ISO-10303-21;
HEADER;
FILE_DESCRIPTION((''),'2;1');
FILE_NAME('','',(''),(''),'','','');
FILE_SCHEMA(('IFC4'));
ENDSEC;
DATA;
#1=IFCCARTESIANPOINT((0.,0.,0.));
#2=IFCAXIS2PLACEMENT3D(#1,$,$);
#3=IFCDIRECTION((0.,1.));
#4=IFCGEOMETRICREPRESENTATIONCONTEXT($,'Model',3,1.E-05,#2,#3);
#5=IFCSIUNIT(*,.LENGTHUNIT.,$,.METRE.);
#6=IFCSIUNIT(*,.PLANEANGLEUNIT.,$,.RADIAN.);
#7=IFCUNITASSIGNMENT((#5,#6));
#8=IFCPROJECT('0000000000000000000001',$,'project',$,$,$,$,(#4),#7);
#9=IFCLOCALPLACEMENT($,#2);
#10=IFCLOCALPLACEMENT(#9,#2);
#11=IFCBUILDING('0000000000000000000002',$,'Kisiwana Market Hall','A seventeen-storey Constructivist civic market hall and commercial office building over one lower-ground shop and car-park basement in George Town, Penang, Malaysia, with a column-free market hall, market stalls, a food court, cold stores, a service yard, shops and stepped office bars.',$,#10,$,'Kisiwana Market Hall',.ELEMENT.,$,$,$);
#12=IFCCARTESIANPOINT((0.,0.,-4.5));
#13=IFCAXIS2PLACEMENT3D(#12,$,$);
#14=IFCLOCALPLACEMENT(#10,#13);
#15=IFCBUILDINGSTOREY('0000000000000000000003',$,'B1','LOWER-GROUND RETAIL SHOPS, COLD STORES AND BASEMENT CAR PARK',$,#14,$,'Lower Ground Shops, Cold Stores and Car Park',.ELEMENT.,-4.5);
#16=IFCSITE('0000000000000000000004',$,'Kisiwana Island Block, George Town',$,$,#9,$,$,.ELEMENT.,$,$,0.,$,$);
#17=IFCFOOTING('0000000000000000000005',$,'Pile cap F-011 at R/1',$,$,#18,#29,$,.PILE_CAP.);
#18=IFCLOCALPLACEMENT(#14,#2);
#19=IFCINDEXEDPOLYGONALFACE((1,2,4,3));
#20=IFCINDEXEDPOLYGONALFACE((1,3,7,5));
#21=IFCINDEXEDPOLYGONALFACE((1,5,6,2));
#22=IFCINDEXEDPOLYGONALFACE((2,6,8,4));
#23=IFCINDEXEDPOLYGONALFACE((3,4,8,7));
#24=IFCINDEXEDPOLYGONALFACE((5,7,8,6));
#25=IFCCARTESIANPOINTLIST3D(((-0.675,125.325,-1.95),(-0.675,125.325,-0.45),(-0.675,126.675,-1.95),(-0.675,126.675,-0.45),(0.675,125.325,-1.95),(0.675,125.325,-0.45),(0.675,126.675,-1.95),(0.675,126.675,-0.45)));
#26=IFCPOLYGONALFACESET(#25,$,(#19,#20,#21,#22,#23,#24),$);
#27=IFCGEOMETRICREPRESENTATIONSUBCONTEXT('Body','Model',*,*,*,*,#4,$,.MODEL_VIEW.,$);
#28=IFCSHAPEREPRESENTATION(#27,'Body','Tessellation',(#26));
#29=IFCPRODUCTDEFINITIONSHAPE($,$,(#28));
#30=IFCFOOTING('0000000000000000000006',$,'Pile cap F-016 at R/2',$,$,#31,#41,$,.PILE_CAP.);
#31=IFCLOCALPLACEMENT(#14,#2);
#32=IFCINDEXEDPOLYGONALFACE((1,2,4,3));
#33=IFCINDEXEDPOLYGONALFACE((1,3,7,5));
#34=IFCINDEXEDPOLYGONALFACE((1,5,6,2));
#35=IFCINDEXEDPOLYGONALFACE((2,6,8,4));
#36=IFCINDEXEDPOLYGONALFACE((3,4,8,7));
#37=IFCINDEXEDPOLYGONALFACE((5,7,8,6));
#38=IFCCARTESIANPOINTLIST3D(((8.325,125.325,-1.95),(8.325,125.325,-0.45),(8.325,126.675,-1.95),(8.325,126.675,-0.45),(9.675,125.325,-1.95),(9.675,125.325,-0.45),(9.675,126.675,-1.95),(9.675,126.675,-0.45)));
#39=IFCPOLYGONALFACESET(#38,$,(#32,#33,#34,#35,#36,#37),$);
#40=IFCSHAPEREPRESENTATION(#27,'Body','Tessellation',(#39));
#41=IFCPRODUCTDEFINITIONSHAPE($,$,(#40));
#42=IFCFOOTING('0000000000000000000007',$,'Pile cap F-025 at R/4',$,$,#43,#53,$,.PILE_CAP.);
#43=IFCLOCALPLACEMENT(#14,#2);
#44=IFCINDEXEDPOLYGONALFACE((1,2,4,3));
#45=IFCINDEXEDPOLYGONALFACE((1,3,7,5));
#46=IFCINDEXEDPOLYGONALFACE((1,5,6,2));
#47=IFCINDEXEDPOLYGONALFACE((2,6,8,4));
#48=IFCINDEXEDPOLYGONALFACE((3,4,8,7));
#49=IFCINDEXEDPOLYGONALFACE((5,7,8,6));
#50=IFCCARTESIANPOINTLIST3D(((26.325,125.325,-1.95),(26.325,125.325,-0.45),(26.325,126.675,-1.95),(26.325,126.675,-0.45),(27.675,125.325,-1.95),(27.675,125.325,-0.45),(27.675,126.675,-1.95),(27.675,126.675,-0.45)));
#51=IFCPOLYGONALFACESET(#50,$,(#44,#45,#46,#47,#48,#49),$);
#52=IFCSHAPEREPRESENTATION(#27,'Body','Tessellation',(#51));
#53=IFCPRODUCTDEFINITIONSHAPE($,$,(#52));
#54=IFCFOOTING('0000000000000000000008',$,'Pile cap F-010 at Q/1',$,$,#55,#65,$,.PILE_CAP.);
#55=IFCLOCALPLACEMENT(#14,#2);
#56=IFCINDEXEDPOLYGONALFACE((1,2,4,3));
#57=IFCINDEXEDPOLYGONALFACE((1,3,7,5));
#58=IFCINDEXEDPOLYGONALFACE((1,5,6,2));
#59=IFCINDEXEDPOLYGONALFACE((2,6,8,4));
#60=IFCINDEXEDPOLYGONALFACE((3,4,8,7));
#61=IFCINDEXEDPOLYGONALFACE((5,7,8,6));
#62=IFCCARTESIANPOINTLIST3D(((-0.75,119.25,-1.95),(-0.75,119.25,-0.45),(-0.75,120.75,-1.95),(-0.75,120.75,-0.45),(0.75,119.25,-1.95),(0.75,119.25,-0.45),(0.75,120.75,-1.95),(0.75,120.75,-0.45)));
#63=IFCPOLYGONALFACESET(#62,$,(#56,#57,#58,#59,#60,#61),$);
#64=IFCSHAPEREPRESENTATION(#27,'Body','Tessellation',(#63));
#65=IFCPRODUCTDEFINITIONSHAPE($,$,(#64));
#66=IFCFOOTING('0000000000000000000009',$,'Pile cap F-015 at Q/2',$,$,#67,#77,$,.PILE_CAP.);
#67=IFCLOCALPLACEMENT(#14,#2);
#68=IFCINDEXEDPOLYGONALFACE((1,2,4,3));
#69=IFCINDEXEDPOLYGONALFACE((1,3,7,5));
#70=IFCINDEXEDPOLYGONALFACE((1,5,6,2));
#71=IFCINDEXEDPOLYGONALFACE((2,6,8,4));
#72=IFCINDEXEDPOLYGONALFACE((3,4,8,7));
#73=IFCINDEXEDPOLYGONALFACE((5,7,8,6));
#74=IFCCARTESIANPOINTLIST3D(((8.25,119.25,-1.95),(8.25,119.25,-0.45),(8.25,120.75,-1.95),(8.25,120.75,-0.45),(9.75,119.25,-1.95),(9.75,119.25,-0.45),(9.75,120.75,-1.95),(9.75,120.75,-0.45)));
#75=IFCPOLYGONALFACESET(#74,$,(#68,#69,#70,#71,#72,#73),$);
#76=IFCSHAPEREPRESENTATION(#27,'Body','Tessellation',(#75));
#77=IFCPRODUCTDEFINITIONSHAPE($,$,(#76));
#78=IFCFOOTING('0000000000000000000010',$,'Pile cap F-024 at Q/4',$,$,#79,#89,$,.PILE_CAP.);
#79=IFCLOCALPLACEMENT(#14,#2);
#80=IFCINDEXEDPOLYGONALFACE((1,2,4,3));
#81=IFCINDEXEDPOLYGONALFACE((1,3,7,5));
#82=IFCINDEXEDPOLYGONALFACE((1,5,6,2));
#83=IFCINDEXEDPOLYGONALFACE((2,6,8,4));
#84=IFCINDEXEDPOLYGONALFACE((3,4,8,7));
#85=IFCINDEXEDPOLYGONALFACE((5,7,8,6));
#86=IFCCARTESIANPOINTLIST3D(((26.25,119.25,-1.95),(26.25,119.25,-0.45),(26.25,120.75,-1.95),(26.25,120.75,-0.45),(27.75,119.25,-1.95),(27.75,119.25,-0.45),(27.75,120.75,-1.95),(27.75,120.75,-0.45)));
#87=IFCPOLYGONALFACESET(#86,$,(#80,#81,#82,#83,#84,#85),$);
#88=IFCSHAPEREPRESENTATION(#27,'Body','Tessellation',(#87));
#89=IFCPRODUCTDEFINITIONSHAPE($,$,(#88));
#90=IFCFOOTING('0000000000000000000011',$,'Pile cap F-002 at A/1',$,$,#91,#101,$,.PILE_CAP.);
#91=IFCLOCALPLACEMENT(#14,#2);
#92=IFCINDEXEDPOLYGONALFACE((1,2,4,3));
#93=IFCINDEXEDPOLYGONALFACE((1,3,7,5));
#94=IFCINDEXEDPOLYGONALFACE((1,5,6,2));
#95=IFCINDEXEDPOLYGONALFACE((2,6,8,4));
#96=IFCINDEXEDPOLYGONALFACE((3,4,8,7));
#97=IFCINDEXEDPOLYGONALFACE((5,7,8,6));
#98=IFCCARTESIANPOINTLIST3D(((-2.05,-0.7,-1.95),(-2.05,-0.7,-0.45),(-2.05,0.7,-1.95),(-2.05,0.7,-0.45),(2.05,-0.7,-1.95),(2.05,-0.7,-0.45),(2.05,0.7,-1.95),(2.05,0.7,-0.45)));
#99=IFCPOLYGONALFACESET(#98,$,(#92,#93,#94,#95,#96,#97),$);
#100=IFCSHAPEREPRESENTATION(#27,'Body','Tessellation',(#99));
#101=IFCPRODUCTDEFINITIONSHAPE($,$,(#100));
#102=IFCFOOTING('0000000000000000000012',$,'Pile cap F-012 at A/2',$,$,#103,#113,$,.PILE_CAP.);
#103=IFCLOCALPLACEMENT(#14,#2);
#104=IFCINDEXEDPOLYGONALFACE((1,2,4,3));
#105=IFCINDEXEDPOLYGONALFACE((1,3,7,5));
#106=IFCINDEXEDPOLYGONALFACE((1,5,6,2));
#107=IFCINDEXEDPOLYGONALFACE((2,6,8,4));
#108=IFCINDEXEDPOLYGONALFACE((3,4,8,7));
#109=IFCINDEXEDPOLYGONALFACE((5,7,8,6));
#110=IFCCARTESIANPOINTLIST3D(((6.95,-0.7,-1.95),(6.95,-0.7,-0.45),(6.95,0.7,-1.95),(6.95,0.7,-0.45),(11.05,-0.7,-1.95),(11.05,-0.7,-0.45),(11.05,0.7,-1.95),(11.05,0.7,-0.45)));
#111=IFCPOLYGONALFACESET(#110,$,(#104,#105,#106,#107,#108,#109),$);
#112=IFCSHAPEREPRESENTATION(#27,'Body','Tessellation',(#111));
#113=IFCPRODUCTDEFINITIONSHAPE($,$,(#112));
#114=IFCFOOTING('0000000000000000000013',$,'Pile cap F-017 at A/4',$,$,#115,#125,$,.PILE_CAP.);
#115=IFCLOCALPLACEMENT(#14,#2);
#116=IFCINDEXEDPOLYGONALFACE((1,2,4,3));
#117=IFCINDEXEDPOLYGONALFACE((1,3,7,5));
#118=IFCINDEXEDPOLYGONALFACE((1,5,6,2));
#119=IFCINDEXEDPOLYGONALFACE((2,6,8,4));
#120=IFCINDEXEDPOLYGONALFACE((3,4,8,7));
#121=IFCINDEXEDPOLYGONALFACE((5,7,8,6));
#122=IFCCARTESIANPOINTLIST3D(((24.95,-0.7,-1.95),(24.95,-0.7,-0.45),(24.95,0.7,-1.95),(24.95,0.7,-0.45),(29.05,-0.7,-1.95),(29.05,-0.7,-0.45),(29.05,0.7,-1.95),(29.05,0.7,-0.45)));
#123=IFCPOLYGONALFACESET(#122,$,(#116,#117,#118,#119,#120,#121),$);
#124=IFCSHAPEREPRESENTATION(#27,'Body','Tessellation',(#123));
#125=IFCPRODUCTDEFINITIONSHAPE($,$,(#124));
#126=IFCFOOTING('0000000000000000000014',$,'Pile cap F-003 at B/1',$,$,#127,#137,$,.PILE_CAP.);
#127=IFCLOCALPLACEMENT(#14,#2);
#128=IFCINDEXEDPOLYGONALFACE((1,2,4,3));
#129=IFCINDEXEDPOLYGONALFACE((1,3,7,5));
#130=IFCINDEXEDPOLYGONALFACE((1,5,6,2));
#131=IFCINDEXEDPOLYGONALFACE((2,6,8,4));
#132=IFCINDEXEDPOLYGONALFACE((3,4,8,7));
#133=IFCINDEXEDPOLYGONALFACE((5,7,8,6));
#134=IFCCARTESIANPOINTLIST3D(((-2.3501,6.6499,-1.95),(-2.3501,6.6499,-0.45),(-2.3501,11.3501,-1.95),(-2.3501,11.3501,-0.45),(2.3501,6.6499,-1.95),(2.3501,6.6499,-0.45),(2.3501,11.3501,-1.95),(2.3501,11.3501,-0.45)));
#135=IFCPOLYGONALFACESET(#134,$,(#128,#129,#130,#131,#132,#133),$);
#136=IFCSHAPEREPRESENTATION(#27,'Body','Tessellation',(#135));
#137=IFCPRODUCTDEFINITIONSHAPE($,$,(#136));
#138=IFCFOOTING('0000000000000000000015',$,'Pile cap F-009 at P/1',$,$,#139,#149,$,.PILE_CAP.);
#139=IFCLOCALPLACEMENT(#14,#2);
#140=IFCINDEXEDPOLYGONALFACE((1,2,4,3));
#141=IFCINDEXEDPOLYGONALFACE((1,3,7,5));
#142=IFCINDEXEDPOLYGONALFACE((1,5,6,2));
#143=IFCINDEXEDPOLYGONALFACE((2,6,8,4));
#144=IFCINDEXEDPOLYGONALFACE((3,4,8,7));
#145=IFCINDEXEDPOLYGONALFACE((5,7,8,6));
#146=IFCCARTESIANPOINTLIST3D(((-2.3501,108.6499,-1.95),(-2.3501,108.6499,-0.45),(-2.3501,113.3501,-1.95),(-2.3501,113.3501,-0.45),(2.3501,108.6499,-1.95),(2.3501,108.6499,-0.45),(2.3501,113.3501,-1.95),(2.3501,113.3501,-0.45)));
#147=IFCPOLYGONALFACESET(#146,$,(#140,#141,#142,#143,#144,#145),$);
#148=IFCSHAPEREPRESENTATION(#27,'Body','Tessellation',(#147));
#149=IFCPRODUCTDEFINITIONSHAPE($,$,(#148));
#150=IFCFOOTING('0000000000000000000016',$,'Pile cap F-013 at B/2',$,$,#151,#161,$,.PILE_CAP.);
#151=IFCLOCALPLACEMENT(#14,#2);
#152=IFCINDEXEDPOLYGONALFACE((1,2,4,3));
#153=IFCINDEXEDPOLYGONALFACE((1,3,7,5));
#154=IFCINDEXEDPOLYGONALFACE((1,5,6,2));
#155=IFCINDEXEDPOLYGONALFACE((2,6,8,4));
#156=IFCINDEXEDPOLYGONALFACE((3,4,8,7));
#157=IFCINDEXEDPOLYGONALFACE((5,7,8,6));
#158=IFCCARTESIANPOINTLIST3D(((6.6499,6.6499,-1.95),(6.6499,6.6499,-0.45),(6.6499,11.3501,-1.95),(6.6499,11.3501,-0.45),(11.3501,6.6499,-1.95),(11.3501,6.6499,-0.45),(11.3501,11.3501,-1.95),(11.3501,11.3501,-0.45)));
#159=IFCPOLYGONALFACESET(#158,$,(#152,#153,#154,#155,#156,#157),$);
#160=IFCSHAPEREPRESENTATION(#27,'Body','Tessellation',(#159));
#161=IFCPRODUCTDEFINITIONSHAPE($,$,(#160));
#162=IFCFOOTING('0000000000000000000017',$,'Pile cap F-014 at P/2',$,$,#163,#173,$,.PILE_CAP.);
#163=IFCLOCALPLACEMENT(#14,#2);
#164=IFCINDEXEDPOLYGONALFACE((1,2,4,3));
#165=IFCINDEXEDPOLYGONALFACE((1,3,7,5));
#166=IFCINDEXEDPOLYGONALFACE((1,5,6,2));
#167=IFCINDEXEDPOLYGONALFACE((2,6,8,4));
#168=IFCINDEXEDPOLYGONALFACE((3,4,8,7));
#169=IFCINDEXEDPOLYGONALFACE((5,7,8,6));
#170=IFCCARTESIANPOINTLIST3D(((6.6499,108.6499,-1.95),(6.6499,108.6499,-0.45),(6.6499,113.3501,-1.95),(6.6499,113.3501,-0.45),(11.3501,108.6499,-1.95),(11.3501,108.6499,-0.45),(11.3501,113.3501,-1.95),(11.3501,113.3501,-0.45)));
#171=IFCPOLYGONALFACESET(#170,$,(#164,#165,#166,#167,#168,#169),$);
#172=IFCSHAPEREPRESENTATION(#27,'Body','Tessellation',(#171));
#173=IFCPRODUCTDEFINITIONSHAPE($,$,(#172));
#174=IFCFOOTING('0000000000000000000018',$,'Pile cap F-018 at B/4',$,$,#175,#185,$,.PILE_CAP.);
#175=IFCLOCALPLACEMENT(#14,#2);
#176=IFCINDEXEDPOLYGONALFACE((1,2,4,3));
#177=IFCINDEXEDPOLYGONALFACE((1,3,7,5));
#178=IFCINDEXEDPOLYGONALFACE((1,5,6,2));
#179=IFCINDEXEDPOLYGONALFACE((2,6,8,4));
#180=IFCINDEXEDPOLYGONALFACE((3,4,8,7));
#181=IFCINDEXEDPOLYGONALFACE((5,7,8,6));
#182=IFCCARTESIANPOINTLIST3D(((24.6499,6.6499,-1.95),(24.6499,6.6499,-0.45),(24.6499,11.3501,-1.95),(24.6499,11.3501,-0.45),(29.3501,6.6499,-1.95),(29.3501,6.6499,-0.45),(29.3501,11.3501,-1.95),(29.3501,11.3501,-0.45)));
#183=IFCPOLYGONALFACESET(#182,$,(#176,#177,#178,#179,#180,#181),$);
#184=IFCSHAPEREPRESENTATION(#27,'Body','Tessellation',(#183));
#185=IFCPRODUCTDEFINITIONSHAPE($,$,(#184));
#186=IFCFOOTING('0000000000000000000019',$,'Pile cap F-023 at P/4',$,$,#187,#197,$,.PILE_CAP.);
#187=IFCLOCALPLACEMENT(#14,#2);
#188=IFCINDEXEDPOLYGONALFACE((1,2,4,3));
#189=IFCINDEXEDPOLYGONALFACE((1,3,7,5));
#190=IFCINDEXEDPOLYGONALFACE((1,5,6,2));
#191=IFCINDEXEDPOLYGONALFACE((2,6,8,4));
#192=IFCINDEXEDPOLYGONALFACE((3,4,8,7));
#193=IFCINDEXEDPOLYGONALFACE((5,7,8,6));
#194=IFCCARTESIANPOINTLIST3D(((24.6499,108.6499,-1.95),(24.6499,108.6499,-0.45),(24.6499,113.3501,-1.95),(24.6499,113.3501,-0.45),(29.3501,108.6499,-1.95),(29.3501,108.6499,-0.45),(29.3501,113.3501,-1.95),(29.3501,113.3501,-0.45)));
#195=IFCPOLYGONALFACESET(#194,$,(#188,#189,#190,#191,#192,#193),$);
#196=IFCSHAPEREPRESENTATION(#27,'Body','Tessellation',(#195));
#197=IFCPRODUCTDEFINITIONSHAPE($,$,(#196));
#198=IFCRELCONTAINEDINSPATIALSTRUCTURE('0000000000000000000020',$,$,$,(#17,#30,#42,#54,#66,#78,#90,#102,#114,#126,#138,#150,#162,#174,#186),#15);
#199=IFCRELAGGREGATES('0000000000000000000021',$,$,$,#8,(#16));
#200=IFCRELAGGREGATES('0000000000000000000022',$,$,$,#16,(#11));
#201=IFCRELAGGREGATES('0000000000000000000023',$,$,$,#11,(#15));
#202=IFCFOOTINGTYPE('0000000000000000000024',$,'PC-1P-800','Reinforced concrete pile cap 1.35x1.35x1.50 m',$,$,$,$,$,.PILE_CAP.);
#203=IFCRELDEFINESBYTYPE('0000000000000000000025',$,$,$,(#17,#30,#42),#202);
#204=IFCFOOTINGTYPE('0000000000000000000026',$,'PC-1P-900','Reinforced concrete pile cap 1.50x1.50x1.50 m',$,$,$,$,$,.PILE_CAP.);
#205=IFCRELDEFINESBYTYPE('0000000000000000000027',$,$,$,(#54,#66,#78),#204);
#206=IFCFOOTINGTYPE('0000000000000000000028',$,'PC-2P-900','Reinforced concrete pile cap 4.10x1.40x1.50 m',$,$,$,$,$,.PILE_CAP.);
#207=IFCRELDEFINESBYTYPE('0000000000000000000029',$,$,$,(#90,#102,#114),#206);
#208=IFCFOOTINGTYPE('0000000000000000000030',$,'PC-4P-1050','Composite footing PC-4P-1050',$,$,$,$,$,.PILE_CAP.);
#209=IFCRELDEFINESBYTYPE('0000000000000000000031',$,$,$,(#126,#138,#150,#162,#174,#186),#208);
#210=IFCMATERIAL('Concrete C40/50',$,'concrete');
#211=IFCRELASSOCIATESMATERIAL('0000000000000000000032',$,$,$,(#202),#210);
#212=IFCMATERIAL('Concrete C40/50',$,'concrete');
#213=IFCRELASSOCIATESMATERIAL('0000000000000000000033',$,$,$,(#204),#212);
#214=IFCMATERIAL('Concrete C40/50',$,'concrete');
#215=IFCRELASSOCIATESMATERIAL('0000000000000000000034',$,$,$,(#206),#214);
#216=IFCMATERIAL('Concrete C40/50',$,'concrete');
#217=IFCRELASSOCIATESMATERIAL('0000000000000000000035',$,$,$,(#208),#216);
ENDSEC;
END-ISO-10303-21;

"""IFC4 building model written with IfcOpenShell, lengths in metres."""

from ifc_helpers import new_model, si_unit, direction, frame, origin, place, context, subcontext, project, spatial, polyline, outline, extrude, material, type_object, element, save


model = new_model("IFC4")

# Units and contexts
model_context = context("Model", 3, precision=1e-05, world=origin(), true_north=direction((0.0, 1.0)))
body_context = subcontext(model_context, "Body", "Model", "MODEL_VIEW")
ifc_project = project(units=[si_unit("LENGTHUNIT", "METRE"), si_unit("PLANEANGLEUNIT", "RADIAN")], contexts=[model_context])

# Site, building, storey
site_placement = place(None, origin())
site = spatial("IfcSite", under=ifc_project, at=site_placement, Name="Kisiwana Island Block, George Town", CompositionType="ELEMENT", RefElevation=0.0)
building_placement = place(site_placement, origin())
building = spatial("IfcBuilding", under=site, at=building_placement, Name="Kisiwana Market Hall", Description="A seventeen-storey Constructivist civic market hall and commercial office building over one lower-ground shop and car-park basement in George Town, Penang, Malaysia, with a column-free market hall, market stalls, a food court, cold stores, a service yard, shops and stepped office bars.", LongName="Kisiwana Market Hall", CompositionType="ELEMENT")
storey_placement = place(building_placement, frame((0.0, 0.0, -4.5)))
storey = spatial("IfcBuildingStorey", under=building, at=storey_placement, Name="B1", Description="LOWER-GROUND RETAIL SHOPS, COLD STORES AND BASEMENT CAR PARK", LongName="Lower Ground Shops, Cold Stores and Car Park", CompositionType="ELEMENT", Elevation=-4.5)

# Footings
ifc_material_1 = material(Name="Concrete C40/50", Category="concrete")
footing_type_1 = type_object("IfcFootingType", Name="PC-1P-800", Description="Reinforced concrete pile cap 1.35x1.35x1.50 m", PredefinedType="PILE_CAP", material=ifc_material_1)
footing_1_placement = place(storey_placement, frame((0.0, 0.0, -1.95)))
element("IfcFooting", 1, at=footing_1_placement, inside=storey, type_object=footing_type_1, Name="Pile cap F-011 at R/1", PredefinedType="PILE_CAP", context=body_context, shape_type="SweptSolid", body=[
    extrude(outline(polyline([(-0.675, 125.325), (0.675, 125.325), (0.675, 126.675), (-0.675, 126.675), (-0.675, 125.325)])), origin(), (0.0, 0.0, 1.0), 1.5),
])
footing_2_placement = place(storey_placement, frame((0.0, 0.0, -1.95)))
element("IfcFooting", 2, at=footing_2_placement, inside=storey, type_object=footing_type_1, Name="Pile cap F-016 at R/2", PredefinedType="PILE_CAP", context=body_context, shape_type="SweptSolid", body=[
    extrude(outline(polyline([(8.325, 125.325), (9.675, 125.325), (9.675, 126.675), (8.325, 126.675), (8.325, 125.325)])), origin(), (0.0, 0.0, 1.0), 1.5),
])
footing_3_placement = place(storey_placement, frame((0.0, 0.0, -1.95)))
element("IfcFooting", 3, at=footing_3_placement, inside=storey, type_object=footing_type_1, Name="Pile cap F-025 at R/4", PredefinedType="PILE_CAP", context=body_context, shape_type="SweptSolid", body=[
    extrude(outline(polyline([(26.325, 125.325), (27.675, 125.325), (27.675, 126.675), (26.325, 126.675), (26.325, 125.325)])), origin(), (0.0, 0.0, 1.0), 1.5),
])
ifc_material_2 = material(Name="Concrete C40/50", Category="concrete")
footing_type_2 = type_object("IfcFootingType", Name="PC-1P-900", Description="Reinforced concrete pile cap 1.50x1.50x1.50 m", PredefinedType="PILE_CAP", material=ifc_material_2)
footing_4_placement = place(storey_placement, frame((0.0, 0.0, -1.95)))
element("IfcFooting", 4, at=footing_4_placement, inside=storey, type_object=footing_type_2, Name="Pile cap F-010 at Q/1", PredefinedType="PILE_CAP", context=body_context, shape_type="SweptSolid", body=[
    extrude(outline(polyline([(-0.75, 119.25), (0.75, 119.25), (0.75, 120.75), (-0.75, 120.75), (-0.75, 119.25)])), origin(), (0.0, 0.0, 1.0), 1.5),
])
footing_5_placement = place(storey_placement, frame((0.0, 0.0, -1.95)))
element("IfcFooting", 5, at=footing_5_placement, inside=storey, type_object=footing_type_2, Name="Pile cap F-015 at Q/2", PredefinedType="PILE_CAP", context=body_context, shape_type="SweptSolid", body=[
    extrude(outline(polyline([(8.25, 119.25), (9.75, 119.25), (9.75, 120.75), (8.25, 120.75), (8.25, 119.25)])), origin(), (0.0, 0.0, 1.0), 1.5),
])
footing_6_placement = place(storey_placement, frame((0.0, 0.0, -1.95)))
element("IfcFooting", 6, at=footing_6_placement, inside=storey, type_object=footing_type_2, Name="Pile cap F-024 at Q/4", PredefinedType="PILE_CAP", context=body_context, shape_type="SweptSolid", body=[
    extrude(outline(polyline([(26.25, 119.25), (27.75, 119.25), (27.75, 120.75), (26.25, 120.75), (26.25, 119.25)])), origin(), (0.0, 0.0, 1.0), 1.5),
])
ifc_material_3 = material(Name="Concrete C40/50", Category="concrete")
footing_type_3 = type_object("IfcFootingType", Name="PC-2P-900", Description="Reinforced concrete pile cap 4.10x1.40x1.50 m", PredefinedType="PILE_CAP", material=ifc_material_3)
footing_7_placement = place(storey_placement, frame((0.0, 0.0, -1.95)))
element("IfcFooting", 7, at=footing_7_placement, inside=storey, type_object=footing_type_3, Name="Pile cap F-002 at A/1", PredefinedType="PILE_CAP", context=body_context, shape_type="SweptSolid", body=[
    extrude(outline(polyline([(-2.05, -0.7), (2.05, -0.7), (2.05, 0.7), (-2.05, 0.7), (-2.05, -0.7)])), origin(), (0.0, 0.0, 1.0), 1.5),
])
footing_8_placement = place(storey_placement, frame((0.0, 0.0, -1.95)))
element("IfcFooting", 8, at=footing_8_placement, inside=storey, type_object=footing_type_3, Name="Pile cap F-012 at A/2", PredefinedType="PILE_CAP", context=body_context, shape_type="SweptSolid", body=[
    extrude(outline(polyline([(6.95, -0.7), (11.05, -0.7), (11.05, 0.7), (6.95, 0.7), (6.95, -0.7)])), origin(), (0.0, 0.0, 1.0), 1.5),
])
footing_9_placement = place(storey_placement, frame((0.0, 0.0, -1.95)))
element("IfcFooting", 9, at=footing_9_placement, inside=storey, type_object=footing_type_3, Name="Pile cap F-017 at A/4", PredefinedType="PILE_CAP", context=body_context, shape_type="SweptSolid", body=[
    extrude(outline(polyline([(24.95, -0.7), (29.05, -0.7), (29.05, 0.7), (24.95, 0.7), (24.95, -0.7)])), origin(), (0.0, 0.0, 1.0), 1.5),
])
ifc_material_4 = material(Name="Concrete C40/50", Category="concrete")
footing_type_4 = type_object("IfcFootingType", Name="PC-4P-1050", Description="Composite footing PC-4P-1050", PredefinedType="PILE_CAP", material=ifc_material_4)
footing_10_placement = place(storey_placement, frame((0.0, 0.0, -1.95)))
element("IfcFooting", 10, at=footing_10_placement, inside=storey, type_object=footing_type_4, Name="Pile cap F-003 at B/1", PredefinedType="PILE_CAP", context=body_context, shape_type="SweptSolid", body=[
    extrude(outline(polyline([(-2.3501, 6.6499), (2.3501, 6.6499), (2.3501, 11.3501), (-2.3501, 11.3501), (-2.3501, 6.6499)])), origin(), (0.0, 0.0, 1.0), 1.5),
])
footing_11_placement = place(storey_placement, frame((0.0, 0.0, -1.95)))
element("IfcFooting", 11, at=footing_11_placement, inside=storey, type_object=footing_type_4, Name="Pile cap F-009 at P/1", PredefinedType="PILE_CAP", context=body_context, shape_type="SweptSolid", body=[
    extrude(outline(polyline([(-2.3501, 108.6499), (2.3501, 108.6499), (2.3501, 113.3501), (-2.3501, 113.3501), (-2.3501, 108.6499)])), origin(), (0.0, 0.0, 1.0), 1.5),
])
footing_12_placement = place(storey_placement, frame((0.0, 0.0, -1.95)))
element("IfcFooting", 12, at=footing_12_placement, inside=storey, type_object=footing_type_4, Name="Pile cap F-013 at B/2", PredefinedType="PILE_CAP", context=body_context, shape_type="SweptSolid", body=[
    extrude(outline(polyline([(6.6499, 6.6499), (11.3501, 6.6499), (11.3501, 11.3501), (6.6499, 11.3501), (6.6499, 6.6499)])), origin(), (0.0, 0.0, 1.0), 1.5),
])
footing_13_placement = place(storey_placement, frame((0.0, 0.0, -1.95)))
element("IfcFooting", 13, at=footing_13_placement, inside=storey, type_object=footing_type_4, Name="Pile cap F-014 at P/2", PredefinedType="PILE_CAP", context=body_context, shape_type="SweptSolid", body=[
    extrude(outline(polyline([(6.6499, 108.6499), (11.3501, 108.6499), (11.3501, 113.3501), (6.6499, 113.3501), (6.6499, 108.6499)])), origin(), (0.0, 0.0, 1.0), 1.5),
])
footing_14_placement = place(storey_placement, frame((0.0, 0.0, -1.95)))
element("IfcFooting", 14, at=footing_14_placement, inside=storey, type_object=footing_type_4, Name="Pile cap F-018 at B/4", PredefinedType="PILE_CAP", context=body_context, shape_type="SweptSolid", body=[
    extrude(outline(polyline([(24.6499, 6.6499), (29.3501, 6.6499), (29.3501, 11.3501), (24.6499, 11.3501), (24.6499, 6.6499)])), origin(), (0.0, 0.0, 1.0), 1.5),
])
footing_15_placement = place(storey_placement, frame((0.0, 0.0, -1.95)))
element("IfcFooting", 15, at=footing_15_placement, inside=storey, type_object=footing_type_4, Name="Pile cap F-023 at P/4", PredefinedType="PILE_CAP", context=body_context, shape_type="SweptSolid", body=[
    extrude(outline(polyline([(24.6499, 108.6499), (29.3501, 108.6499), (29.3501, 113.3501), (24.6499, 113.3501), (24.6499, 108.6499)])), origin(), (0.0, 0.0, 1.0), 1.5),
])

save(model, "model.ifc")
